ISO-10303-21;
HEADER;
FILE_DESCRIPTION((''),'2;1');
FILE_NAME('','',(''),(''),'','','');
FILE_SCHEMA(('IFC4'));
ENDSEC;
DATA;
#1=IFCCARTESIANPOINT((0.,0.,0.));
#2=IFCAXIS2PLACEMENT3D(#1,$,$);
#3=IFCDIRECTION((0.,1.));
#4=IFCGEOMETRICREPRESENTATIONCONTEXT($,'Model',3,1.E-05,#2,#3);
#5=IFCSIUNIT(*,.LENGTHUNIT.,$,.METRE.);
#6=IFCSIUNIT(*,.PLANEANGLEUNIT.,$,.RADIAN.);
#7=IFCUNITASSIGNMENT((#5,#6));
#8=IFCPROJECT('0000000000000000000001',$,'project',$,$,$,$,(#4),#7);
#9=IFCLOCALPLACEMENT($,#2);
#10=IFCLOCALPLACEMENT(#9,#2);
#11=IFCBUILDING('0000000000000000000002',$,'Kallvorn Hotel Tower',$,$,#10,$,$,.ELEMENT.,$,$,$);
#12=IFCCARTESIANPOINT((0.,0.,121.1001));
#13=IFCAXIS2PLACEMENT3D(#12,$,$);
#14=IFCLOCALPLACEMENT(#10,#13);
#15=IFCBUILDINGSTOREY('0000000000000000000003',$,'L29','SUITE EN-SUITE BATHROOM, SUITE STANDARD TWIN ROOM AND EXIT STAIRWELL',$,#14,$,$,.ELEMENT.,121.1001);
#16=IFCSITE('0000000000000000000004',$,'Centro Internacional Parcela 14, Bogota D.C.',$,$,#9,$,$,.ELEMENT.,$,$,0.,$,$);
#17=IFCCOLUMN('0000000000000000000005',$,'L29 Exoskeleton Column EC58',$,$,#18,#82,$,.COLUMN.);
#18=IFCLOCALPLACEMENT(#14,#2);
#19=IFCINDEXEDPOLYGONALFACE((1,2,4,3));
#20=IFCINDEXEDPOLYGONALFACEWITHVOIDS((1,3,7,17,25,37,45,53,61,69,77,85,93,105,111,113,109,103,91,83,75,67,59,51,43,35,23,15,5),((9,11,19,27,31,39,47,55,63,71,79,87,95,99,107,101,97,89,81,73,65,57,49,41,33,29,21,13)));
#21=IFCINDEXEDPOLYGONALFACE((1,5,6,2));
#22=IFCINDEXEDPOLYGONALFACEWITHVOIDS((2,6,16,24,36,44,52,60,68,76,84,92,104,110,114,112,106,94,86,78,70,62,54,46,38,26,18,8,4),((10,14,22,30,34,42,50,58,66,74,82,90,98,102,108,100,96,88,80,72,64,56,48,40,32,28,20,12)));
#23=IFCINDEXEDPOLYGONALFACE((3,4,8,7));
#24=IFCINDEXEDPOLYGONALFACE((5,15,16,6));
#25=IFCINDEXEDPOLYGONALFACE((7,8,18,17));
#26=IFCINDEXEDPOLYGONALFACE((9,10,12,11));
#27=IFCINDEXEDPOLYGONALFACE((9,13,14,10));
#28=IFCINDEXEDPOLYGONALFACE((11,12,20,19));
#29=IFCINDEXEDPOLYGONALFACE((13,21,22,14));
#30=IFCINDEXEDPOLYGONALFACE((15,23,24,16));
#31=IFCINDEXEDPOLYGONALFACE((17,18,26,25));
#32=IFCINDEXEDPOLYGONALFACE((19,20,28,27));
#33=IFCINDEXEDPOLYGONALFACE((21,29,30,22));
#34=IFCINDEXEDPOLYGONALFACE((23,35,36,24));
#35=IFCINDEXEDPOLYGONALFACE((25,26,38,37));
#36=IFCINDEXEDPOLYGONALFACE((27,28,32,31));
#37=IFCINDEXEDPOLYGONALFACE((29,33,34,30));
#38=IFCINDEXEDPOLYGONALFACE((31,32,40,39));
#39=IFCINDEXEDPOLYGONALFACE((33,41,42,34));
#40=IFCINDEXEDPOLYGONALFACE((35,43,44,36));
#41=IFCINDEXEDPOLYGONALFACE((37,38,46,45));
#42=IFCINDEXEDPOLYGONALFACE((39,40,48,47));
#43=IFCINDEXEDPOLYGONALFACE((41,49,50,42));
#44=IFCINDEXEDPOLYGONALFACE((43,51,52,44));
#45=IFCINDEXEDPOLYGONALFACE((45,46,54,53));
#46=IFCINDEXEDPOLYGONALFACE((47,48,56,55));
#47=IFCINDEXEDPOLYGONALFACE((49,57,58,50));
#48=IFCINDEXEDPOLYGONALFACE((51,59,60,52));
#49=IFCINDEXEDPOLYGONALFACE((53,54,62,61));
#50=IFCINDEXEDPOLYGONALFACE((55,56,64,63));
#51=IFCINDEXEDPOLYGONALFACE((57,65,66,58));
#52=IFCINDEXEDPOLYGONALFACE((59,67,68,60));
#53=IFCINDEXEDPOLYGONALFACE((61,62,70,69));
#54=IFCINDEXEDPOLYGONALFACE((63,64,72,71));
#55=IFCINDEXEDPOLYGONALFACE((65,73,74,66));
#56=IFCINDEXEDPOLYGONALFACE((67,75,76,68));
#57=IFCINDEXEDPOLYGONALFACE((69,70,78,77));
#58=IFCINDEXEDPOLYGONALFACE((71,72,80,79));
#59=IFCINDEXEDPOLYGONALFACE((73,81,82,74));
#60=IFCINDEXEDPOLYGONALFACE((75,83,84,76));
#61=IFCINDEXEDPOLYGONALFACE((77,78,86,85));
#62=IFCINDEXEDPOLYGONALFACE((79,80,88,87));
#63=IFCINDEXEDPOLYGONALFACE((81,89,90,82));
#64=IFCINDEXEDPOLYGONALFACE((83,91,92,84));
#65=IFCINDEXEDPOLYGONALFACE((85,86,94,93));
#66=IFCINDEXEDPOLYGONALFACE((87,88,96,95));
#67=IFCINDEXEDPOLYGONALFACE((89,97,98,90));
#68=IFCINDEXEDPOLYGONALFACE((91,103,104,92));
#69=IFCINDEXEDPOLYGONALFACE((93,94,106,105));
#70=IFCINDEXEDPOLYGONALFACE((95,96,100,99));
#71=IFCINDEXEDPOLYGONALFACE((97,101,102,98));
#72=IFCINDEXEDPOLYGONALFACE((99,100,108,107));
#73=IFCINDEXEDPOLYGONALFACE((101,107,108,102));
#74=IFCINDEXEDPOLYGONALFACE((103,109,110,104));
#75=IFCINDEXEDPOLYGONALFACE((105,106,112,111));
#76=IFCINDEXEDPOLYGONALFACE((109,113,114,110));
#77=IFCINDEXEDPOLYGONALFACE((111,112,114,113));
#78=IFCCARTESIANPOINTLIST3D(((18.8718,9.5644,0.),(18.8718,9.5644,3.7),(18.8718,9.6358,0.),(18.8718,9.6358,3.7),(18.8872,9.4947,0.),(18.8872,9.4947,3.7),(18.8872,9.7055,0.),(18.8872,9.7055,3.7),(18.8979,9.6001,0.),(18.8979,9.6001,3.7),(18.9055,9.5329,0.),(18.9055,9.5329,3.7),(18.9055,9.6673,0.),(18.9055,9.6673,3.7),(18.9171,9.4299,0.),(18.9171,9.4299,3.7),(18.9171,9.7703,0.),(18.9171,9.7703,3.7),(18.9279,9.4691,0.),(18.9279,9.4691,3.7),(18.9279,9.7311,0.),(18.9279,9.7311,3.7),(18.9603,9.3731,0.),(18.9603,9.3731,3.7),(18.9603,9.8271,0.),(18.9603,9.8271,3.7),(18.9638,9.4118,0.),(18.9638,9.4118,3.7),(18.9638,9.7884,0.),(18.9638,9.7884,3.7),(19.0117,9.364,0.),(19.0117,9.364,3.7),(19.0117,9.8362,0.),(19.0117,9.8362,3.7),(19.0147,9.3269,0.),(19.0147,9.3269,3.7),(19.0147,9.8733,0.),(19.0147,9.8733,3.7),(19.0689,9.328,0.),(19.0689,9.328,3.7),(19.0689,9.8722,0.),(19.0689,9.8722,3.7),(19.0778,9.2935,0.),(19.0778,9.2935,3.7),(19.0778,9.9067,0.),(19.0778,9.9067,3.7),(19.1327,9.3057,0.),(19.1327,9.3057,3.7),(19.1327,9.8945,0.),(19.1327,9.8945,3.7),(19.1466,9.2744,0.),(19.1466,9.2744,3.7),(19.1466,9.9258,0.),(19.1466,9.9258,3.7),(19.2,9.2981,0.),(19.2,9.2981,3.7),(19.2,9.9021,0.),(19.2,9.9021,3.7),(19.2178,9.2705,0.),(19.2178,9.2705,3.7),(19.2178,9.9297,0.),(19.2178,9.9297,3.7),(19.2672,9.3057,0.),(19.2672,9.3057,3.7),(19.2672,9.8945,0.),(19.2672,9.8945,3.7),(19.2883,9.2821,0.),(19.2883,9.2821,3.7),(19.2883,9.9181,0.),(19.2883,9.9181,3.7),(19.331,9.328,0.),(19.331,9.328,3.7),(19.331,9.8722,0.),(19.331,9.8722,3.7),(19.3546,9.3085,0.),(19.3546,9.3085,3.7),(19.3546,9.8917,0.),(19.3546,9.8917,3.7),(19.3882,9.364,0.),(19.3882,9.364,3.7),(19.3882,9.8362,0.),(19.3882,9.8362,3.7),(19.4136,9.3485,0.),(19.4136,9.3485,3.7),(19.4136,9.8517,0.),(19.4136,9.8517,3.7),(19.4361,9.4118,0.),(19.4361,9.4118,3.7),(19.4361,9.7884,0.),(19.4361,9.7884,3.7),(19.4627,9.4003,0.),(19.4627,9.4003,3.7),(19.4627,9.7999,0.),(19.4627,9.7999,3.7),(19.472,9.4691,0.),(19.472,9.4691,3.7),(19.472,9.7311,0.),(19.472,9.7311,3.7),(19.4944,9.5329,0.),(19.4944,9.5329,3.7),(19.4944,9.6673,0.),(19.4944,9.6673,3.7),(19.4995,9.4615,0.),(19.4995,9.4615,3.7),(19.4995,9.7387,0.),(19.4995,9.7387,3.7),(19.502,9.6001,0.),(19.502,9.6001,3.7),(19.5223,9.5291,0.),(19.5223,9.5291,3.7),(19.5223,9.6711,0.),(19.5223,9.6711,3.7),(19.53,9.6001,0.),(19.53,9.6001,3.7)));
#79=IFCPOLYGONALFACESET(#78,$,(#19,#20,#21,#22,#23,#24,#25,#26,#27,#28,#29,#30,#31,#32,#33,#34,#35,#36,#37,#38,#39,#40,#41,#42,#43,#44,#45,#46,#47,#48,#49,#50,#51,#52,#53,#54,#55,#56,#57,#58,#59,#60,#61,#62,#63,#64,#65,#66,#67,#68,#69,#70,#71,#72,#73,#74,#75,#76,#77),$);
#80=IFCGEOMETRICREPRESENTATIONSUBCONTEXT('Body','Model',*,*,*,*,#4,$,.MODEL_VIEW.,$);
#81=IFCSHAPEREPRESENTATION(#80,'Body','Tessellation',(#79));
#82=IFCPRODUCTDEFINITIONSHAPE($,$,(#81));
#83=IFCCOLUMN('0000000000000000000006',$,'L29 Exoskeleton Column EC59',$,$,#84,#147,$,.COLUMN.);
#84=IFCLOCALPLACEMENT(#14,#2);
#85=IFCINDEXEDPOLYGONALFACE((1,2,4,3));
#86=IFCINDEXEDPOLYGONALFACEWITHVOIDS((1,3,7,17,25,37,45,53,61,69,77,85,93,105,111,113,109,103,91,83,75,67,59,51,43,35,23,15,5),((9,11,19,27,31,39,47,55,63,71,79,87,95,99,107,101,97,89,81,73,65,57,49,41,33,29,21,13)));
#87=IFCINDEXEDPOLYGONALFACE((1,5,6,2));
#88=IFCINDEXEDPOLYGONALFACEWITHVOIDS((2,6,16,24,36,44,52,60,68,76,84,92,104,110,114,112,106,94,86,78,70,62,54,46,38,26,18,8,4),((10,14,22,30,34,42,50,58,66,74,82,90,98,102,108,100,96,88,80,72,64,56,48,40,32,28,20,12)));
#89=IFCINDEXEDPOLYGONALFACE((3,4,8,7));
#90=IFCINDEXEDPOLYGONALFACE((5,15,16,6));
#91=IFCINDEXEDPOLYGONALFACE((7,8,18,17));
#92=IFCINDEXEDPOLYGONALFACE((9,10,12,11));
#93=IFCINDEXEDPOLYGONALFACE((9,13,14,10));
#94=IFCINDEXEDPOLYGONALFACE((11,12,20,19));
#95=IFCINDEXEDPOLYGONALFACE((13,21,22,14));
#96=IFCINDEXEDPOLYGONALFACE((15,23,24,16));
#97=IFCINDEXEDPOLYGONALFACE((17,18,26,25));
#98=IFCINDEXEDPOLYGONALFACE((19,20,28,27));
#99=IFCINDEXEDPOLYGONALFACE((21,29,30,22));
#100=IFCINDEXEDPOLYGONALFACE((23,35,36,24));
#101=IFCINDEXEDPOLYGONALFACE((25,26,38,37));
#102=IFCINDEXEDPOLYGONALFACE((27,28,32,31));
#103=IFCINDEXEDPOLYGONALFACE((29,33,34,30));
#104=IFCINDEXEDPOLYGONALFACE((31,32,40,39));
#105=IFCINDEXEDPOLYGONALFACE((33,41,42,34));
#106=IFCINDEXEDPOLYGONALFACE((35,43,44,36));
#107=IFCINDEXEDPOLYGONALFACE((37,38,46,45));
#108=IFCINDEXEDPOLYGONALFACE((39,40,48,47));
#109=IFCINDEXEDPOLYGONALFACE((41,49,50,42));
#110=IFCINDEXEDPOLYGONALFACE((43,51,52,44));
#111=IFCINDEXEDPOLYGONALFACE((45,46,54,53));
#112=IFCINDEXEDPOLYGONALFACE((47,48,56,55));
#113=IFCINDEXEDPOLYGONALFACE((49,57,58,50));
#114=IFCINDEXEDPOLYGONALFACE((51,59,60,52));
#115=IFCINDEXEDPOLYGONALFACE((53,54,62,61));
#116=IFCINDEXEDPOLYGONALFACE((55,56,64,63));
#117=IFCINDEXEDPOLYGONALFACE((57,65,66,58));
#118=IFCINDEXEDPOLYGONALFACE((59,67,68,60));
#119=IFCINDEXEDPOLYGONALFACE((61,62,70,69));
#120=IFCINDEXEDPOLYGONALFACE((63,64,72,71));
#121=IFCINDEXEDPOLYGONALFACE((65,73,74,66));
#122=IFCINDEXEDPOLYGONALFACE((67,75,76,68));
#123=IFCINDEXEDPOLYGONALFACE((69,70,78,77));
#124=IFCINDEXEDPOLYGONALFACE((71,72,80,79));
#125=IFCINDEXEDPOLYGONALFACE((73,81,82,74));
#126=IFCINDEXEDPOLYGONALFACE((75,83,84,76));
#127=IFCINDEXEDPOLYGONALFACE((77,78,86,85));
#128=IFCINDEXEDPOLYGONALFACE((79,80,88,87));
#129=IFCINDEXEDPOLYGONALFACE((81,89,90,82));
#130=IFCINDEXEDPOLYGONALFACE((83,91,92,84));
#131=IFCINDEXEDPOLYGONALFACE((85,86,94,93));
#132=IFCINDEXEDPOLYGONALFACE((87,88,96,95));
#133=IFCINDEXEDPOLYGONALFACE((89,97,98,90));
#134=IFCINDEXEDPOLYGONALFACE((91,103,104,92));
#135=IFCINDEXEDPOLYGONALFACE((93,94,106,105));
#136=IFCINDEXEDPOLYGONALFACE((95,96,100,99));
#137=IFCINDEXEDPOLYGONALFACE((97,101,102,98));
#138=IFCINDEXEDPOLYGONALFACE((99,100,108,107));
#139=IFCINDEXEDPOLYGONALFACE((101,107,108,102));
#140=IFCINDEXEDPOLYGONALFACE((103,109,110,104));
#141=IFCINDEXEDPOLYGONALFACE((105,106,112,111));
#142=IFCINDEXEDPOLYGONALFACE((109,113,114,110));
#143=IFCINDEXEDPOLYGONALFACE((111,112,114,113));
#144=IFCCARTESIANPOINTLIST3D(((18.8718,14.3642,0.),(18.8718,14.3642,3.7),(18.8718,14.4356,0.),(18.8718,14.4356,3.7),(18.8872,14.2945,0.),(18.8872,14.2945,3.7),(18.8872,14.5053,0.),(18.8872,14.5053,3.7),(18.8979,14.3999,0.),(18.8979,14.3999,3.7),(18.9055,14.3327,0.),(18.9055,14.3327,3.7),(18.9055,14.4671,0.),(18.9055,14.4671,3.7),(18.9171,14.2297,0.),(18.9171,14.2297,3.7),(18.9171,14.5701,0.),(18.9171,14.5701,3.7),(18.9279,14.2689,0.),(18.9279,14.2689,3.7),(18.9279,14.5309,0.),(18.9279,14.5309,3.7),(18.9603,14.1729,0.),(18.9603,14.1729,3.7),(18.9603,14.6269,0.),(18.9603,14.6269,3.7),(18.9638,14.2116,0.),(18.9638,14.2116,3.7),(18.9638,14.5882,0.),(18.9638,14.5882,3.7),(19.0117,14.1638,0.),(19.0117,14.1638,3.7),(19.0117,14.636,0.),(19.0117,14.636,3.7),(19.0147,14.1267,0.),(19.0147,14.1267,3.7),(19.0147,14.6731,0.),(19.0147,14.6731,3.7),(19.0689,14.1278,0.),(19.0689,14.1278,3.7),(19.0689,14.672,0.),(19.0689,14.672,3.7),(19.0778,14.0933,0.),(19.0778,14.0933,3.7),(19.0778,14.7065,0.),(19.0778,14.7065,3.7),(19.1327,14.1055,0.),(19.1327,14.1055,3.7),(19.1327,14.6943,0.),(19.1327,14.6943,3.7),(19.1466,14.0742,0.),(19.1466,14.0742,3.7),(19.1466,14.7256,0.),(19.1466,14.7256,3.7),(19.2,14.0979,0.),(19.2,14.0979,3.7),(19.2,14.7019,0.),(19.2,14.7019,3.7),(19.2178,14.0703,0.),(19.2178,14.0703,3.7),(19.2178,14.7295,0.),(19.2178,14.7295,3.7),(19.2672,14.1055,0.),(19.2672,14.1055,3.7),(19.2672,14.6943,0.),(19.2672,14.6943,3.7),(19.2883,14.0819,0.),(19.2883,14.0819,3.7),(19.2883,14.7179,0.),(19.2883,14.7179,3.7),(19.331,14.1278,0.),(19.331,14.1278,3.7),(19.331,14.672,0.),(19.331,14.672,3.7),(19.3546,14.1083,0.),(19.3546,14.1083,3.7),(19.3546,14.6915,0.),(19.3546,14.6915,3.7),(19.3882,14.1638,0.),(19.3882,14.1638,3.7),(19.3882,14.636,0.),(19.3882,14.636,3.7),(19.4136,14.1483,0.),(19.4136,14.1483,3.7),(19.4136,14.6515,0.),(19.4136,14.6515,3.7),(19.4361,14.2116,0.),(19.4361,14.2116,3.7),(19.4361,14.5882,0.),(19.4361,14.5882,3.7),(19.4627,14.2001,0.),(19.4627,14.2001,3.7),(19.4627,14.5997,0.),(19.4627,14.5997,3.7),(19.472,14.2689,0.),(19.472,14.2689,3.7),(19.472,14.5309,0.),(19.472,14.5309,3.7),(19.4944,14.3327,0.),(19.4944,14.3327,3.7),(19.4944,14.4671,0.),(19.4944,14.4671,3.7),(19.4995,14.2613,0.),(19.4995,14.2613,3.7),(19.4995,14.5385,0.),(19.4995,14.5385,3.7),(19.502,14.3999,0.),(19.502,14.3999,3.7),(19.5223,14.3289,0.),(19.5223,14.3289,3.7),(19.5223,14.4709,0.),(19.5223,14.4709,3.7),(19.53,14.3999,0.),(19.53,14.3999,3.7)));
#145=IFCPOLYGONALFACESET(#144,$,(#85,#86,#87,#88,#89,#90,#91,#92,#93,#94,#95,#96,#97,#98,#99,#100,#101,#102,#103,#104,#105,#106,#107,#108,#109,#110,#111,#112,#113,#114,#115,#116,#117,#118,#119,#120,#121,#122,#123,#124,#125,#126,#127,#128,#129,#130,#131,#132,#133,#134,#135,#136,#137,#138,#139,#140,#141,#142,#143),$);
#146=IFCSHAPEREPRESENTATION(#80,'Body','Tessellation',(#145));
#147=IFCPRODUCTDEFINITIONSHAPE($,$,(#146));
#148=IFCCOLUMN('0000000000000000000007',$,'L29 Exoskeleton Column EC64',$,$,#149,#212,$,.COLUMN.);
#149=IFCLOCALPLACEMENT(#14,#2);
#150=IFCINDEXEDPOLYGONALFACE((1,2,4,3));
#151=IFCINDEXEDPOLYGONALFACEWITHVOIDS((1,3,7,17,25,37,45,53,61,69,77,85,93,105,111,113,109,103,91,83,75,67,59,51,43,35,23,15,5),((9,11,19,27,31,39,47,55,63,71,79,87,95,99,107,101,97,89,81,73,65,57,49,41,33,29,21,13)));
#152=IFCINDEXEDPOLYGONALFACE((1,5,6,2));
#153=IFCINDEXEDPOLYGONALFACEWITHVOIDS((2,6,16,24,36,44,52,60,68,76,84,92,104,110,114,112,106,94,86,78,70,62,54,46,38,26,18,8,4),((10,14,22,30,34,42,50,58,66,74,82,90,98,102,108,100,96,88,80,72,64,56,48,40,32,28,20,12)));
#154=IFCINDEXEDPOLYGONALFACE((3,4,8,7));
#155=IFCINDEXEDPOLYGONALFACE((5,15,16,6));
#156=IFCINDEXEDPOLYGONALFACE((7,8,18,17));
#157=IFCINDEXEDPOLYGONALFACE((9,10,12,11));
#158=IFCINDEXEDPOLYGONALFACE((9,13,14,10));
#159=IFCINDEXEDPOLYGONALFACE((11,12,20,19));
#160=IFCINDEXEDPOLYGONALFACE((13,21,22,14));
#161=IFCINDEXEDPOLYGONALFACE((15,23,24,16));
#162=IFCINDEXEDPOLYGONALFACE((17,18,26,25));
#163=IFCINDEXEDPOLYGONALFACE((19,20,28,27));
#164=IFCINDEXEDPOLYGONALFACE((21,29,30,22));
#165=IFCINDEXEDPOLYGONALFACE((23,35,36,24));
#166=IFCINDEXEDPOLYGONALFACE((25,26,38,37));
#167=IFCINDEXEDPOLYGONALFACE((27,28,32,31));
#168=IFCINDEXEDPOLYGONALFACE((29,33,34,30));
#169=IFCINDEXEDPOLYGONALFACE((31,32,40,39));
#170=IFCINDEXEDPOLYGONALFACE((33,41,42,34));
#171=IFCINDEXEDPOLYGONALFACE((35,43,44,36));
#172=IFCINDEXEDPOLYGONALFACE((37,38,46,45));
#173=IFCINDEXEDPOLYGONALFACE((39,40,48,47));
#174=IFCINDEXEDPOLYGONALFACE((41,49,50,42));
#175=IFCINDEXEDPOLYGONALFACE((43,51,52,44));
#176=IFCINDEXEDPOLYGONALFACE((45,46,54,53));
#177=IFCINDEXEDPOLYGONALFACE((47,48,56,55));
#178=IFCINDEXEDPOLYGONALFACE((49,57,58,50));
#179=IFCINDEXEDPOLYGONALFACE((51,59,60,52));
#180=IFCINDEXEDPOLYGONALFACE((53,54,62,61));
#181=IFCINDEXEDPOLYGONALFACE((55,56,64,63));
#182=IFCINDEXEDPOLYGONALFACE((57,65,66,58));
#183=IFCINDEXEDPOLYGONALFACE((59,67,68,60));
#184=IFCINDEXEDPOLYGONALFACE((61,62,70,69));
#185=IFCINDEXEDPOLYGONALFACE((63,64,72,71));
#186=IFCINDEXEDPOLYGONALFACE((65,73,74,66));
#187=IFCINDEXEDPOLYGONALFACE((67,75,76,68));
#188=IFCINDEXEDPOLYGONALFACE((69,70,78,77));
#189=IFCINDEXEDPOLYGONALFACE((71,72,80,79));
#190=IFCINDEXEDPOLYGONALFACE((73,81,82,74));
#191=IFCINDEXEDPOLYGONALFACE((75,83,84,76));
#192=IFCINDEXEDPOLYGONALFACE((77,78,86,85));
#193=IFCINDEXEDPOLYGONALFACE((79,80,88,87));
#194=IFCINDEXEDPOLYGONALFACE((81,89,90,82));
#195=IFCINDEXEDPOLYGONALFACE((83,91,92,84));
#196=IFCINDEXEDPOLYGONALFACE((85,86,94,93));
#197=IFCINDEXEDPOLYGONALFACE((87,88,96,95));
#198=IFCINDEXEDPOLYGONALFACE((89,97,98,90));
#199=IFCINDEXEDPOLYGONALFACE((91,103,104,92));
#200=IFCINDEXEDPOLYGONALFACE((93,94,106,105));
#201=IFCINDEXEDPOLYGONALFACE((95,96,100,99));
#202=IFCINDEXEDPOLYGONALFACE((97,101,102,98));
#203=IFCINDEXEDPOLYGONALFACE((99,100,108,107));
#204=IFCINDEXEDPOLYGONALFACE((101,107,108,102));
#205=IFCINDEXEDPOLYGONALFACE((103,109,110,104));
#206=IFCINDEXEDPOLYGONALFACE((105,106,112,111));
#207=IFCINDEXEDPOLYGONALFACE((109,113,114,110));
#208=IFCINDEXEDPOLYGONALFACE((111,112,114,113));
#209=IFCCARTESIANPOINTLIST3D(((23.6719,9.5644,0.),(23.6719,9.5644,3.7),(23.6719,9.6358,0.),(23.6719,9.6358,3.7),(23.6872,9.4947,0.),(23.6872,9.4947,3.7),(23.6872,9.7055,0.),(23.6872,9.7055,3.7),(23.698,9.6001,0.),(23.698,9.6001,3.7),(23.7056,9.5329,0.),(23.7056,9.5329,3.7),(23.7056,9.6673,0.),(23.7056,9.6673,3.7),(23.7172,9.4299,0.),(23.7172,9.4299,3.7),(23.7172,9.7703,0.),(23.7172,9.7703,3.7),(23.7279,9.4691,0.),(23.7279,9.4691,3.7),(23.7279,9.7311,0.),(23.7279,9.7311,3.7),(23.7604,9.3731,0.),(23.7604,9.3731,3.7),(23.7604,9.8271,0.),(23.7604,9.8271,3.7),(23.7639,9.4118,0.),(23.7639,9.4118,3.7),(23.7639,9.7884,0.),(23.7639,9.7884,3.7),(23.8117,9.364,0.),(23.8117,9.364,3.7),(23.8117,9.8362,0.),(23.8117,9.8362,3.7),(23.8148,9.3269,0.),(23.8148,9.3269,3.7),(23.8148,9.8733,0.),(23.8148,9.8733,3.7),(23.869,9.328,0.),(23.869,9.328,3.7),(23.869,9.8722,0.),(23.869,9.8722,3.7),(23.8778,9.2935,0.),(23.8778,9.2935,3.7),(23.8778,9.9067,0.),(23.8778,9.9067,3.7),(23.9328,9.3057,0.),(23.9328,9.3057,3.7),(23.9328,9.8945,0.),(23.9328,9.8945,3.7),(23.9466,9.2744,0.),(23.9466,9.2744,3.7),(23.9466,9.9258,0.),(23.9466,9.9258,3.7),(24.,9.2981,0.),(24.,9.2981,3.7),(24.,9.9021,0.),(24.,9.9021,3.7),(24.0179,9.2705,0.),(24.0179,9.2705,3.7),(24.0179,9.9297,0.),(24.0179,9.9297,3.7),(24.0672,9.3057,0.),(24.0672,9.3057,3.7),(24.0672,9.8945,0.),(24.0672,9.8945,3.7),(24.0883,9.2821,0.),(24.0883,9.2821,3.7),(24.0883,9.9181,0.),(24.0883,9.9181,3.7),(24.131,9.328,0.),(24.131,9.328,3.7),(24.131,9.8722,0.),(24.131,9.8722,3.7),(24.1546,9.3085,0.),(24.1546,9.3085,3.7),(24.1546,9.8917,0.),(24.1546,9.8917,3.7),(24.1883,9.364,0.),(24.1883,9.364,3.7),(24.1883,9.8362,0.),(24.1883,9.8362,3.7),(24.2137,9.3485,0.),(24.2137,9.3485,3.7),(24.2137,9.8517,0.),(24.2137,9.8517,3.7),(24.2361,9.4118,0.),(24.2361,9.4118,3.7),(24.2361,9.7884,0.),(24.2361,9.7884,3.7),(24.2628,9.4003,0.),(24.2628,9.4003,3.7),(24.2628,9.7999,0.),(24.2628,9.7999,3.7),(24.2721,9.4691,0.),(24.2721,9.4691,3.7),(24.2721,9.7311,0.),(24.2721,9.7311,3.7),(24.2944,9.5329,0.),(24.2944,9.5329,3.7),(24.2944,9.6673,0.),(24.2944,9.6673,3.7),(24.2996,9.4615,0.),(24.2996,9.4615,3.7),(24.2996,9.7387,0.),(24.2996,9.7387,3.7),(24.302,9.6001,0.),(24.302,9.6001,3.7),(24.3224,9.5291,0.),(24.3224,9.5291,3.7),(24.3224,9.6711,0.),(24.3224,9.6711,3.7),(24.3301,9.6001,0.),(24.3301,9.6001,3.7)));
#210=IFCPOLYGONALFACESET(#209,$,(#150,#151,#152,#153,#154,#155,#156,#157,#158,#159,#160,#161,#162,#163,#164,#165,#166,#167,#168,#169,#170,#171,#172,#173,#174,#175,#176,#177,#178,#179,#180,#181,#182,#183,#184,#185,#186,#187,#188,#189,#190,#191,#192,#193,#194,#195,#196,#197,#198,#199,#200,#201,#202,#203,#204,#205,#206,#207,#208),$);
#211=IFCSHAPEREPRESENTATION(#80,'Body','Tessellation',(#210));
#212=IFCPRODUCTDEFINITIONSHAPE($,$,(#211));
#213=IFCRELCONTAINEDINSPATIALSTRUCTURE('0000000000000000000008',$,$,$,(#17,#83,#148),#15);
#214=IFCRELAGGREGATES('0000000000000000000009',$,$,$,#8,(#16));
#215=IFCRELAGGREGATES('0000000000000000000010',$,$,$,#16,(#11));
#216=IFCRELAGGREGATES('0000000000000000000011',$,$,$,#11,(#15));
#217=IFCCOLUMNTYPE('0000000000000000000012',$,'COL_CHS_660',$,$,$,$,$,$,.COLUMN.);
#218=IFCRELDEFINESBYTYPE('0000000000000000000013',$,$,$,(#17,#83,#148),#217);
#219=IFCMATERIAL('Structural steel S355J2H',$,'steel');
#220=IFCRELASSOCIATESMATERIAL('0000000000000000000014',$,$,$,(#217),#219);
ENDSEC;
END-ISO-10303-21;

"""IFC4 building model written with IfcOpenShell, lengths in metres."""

from ifc_helpers import new_model, si_unit, direction, frame, origin, origin_2d, place, context, subcontext, project, spatial, hollow_circle, extrude, material, material_profile, profile_set, type_object, element, save


model = new_model("IFC4")

# Units and contexts
model_context = context("Model", 3, precision=1e-05, world=origin(), true_north=direction((0.0, 1.0)))
body_context = subcontext(model_context, "Body", "Model", "MODEL_VIEW")
ifc_project = project(units=[si_unit("LENGTHUNIT", "METRE"), si_unit("PLANEANGLEUNIT", "RADIAN")], contexts=[model_context])

# Site, building, storey
site_placement = place(None, origin())
site = spatial("IfcSite", under=ifc_project, at=site_placement, Name="Centro Internacional Parcela 14, Bogota D.C.", CompositionType="ELEMENT", RefElevation=0.0)
building_placement = place(site_placement, origin())
building = spatial("IfcBuilding", under=site, at=building_placement, Name="Kallvorn Hotel Tower", CompositionType="ELEMENT")
storey_placement = place(building_placement, frame((0.0, 0.0, 121.1001)))
storey = spatial("IfcBuildingStorey", under=building, at=storey_placement, Name="L29", Description="SUITE EN-SUITE BATHROOM, SUITE STANDARD TWIN ROOM AND EXIT STAIRWELL", CompositionType="ELEMENT", Elevation=121.1001)

# Columns
ifc_material_1 = material(Name="Structural steel S355J2H", Category="steel")
ifc_material_profile_1 = material_profile(ifc_material_1, hollow_circle(Radius=0.3301, WallThickness=0.0281, at=origin_2d()), Name="CHS 660x28")
ifc_profile_set_1 = profile_set([ifc_material_profile_1], Name="Structural steel S355J2H")
column_type_1 = type_object("IfcColumnType", Name="COL_CHS_660", PredefinedType="COLUMN", material=ifc_profile_set_1)
for number, where, z_axis, x_axis, name in (
    (1, (19.2, 9.6001, 0.0), (0.0, 0.0, 1.0), (1.0, 0.0, 0.0), "L29 Exoskeleton Column EC58"),
    (2, (19.2, 14.3999, 0.0), (0.0, 0.0, 1.0), (1.0, 0.0, 0.0), "L29 Exoskeleton Column EC59"),
    (3, (24.0, 9.6001, 0.0), (0.0, 0.0, 1.0), (1.0, 0.0, 0.0), "L29 Exoskeleton Column EC64"),
):
    element("IfcColumn", number, at=place(storey_placement, frame(where, z_axis=z_axis, x_axis=x_axis)), inside=storey, type_object=column_type_1, Name=name, PredefinedType="COLUMN", context=body_context, shape_type="SweptSolid", body=[
        extrude(hollow_circle(Radius=0.3301, WallThickness=0.0281, at=origin_2d()), origin(), (0.0, 0.0, 1.0), 3.7),
    ])

save(model, "model.ifc")
